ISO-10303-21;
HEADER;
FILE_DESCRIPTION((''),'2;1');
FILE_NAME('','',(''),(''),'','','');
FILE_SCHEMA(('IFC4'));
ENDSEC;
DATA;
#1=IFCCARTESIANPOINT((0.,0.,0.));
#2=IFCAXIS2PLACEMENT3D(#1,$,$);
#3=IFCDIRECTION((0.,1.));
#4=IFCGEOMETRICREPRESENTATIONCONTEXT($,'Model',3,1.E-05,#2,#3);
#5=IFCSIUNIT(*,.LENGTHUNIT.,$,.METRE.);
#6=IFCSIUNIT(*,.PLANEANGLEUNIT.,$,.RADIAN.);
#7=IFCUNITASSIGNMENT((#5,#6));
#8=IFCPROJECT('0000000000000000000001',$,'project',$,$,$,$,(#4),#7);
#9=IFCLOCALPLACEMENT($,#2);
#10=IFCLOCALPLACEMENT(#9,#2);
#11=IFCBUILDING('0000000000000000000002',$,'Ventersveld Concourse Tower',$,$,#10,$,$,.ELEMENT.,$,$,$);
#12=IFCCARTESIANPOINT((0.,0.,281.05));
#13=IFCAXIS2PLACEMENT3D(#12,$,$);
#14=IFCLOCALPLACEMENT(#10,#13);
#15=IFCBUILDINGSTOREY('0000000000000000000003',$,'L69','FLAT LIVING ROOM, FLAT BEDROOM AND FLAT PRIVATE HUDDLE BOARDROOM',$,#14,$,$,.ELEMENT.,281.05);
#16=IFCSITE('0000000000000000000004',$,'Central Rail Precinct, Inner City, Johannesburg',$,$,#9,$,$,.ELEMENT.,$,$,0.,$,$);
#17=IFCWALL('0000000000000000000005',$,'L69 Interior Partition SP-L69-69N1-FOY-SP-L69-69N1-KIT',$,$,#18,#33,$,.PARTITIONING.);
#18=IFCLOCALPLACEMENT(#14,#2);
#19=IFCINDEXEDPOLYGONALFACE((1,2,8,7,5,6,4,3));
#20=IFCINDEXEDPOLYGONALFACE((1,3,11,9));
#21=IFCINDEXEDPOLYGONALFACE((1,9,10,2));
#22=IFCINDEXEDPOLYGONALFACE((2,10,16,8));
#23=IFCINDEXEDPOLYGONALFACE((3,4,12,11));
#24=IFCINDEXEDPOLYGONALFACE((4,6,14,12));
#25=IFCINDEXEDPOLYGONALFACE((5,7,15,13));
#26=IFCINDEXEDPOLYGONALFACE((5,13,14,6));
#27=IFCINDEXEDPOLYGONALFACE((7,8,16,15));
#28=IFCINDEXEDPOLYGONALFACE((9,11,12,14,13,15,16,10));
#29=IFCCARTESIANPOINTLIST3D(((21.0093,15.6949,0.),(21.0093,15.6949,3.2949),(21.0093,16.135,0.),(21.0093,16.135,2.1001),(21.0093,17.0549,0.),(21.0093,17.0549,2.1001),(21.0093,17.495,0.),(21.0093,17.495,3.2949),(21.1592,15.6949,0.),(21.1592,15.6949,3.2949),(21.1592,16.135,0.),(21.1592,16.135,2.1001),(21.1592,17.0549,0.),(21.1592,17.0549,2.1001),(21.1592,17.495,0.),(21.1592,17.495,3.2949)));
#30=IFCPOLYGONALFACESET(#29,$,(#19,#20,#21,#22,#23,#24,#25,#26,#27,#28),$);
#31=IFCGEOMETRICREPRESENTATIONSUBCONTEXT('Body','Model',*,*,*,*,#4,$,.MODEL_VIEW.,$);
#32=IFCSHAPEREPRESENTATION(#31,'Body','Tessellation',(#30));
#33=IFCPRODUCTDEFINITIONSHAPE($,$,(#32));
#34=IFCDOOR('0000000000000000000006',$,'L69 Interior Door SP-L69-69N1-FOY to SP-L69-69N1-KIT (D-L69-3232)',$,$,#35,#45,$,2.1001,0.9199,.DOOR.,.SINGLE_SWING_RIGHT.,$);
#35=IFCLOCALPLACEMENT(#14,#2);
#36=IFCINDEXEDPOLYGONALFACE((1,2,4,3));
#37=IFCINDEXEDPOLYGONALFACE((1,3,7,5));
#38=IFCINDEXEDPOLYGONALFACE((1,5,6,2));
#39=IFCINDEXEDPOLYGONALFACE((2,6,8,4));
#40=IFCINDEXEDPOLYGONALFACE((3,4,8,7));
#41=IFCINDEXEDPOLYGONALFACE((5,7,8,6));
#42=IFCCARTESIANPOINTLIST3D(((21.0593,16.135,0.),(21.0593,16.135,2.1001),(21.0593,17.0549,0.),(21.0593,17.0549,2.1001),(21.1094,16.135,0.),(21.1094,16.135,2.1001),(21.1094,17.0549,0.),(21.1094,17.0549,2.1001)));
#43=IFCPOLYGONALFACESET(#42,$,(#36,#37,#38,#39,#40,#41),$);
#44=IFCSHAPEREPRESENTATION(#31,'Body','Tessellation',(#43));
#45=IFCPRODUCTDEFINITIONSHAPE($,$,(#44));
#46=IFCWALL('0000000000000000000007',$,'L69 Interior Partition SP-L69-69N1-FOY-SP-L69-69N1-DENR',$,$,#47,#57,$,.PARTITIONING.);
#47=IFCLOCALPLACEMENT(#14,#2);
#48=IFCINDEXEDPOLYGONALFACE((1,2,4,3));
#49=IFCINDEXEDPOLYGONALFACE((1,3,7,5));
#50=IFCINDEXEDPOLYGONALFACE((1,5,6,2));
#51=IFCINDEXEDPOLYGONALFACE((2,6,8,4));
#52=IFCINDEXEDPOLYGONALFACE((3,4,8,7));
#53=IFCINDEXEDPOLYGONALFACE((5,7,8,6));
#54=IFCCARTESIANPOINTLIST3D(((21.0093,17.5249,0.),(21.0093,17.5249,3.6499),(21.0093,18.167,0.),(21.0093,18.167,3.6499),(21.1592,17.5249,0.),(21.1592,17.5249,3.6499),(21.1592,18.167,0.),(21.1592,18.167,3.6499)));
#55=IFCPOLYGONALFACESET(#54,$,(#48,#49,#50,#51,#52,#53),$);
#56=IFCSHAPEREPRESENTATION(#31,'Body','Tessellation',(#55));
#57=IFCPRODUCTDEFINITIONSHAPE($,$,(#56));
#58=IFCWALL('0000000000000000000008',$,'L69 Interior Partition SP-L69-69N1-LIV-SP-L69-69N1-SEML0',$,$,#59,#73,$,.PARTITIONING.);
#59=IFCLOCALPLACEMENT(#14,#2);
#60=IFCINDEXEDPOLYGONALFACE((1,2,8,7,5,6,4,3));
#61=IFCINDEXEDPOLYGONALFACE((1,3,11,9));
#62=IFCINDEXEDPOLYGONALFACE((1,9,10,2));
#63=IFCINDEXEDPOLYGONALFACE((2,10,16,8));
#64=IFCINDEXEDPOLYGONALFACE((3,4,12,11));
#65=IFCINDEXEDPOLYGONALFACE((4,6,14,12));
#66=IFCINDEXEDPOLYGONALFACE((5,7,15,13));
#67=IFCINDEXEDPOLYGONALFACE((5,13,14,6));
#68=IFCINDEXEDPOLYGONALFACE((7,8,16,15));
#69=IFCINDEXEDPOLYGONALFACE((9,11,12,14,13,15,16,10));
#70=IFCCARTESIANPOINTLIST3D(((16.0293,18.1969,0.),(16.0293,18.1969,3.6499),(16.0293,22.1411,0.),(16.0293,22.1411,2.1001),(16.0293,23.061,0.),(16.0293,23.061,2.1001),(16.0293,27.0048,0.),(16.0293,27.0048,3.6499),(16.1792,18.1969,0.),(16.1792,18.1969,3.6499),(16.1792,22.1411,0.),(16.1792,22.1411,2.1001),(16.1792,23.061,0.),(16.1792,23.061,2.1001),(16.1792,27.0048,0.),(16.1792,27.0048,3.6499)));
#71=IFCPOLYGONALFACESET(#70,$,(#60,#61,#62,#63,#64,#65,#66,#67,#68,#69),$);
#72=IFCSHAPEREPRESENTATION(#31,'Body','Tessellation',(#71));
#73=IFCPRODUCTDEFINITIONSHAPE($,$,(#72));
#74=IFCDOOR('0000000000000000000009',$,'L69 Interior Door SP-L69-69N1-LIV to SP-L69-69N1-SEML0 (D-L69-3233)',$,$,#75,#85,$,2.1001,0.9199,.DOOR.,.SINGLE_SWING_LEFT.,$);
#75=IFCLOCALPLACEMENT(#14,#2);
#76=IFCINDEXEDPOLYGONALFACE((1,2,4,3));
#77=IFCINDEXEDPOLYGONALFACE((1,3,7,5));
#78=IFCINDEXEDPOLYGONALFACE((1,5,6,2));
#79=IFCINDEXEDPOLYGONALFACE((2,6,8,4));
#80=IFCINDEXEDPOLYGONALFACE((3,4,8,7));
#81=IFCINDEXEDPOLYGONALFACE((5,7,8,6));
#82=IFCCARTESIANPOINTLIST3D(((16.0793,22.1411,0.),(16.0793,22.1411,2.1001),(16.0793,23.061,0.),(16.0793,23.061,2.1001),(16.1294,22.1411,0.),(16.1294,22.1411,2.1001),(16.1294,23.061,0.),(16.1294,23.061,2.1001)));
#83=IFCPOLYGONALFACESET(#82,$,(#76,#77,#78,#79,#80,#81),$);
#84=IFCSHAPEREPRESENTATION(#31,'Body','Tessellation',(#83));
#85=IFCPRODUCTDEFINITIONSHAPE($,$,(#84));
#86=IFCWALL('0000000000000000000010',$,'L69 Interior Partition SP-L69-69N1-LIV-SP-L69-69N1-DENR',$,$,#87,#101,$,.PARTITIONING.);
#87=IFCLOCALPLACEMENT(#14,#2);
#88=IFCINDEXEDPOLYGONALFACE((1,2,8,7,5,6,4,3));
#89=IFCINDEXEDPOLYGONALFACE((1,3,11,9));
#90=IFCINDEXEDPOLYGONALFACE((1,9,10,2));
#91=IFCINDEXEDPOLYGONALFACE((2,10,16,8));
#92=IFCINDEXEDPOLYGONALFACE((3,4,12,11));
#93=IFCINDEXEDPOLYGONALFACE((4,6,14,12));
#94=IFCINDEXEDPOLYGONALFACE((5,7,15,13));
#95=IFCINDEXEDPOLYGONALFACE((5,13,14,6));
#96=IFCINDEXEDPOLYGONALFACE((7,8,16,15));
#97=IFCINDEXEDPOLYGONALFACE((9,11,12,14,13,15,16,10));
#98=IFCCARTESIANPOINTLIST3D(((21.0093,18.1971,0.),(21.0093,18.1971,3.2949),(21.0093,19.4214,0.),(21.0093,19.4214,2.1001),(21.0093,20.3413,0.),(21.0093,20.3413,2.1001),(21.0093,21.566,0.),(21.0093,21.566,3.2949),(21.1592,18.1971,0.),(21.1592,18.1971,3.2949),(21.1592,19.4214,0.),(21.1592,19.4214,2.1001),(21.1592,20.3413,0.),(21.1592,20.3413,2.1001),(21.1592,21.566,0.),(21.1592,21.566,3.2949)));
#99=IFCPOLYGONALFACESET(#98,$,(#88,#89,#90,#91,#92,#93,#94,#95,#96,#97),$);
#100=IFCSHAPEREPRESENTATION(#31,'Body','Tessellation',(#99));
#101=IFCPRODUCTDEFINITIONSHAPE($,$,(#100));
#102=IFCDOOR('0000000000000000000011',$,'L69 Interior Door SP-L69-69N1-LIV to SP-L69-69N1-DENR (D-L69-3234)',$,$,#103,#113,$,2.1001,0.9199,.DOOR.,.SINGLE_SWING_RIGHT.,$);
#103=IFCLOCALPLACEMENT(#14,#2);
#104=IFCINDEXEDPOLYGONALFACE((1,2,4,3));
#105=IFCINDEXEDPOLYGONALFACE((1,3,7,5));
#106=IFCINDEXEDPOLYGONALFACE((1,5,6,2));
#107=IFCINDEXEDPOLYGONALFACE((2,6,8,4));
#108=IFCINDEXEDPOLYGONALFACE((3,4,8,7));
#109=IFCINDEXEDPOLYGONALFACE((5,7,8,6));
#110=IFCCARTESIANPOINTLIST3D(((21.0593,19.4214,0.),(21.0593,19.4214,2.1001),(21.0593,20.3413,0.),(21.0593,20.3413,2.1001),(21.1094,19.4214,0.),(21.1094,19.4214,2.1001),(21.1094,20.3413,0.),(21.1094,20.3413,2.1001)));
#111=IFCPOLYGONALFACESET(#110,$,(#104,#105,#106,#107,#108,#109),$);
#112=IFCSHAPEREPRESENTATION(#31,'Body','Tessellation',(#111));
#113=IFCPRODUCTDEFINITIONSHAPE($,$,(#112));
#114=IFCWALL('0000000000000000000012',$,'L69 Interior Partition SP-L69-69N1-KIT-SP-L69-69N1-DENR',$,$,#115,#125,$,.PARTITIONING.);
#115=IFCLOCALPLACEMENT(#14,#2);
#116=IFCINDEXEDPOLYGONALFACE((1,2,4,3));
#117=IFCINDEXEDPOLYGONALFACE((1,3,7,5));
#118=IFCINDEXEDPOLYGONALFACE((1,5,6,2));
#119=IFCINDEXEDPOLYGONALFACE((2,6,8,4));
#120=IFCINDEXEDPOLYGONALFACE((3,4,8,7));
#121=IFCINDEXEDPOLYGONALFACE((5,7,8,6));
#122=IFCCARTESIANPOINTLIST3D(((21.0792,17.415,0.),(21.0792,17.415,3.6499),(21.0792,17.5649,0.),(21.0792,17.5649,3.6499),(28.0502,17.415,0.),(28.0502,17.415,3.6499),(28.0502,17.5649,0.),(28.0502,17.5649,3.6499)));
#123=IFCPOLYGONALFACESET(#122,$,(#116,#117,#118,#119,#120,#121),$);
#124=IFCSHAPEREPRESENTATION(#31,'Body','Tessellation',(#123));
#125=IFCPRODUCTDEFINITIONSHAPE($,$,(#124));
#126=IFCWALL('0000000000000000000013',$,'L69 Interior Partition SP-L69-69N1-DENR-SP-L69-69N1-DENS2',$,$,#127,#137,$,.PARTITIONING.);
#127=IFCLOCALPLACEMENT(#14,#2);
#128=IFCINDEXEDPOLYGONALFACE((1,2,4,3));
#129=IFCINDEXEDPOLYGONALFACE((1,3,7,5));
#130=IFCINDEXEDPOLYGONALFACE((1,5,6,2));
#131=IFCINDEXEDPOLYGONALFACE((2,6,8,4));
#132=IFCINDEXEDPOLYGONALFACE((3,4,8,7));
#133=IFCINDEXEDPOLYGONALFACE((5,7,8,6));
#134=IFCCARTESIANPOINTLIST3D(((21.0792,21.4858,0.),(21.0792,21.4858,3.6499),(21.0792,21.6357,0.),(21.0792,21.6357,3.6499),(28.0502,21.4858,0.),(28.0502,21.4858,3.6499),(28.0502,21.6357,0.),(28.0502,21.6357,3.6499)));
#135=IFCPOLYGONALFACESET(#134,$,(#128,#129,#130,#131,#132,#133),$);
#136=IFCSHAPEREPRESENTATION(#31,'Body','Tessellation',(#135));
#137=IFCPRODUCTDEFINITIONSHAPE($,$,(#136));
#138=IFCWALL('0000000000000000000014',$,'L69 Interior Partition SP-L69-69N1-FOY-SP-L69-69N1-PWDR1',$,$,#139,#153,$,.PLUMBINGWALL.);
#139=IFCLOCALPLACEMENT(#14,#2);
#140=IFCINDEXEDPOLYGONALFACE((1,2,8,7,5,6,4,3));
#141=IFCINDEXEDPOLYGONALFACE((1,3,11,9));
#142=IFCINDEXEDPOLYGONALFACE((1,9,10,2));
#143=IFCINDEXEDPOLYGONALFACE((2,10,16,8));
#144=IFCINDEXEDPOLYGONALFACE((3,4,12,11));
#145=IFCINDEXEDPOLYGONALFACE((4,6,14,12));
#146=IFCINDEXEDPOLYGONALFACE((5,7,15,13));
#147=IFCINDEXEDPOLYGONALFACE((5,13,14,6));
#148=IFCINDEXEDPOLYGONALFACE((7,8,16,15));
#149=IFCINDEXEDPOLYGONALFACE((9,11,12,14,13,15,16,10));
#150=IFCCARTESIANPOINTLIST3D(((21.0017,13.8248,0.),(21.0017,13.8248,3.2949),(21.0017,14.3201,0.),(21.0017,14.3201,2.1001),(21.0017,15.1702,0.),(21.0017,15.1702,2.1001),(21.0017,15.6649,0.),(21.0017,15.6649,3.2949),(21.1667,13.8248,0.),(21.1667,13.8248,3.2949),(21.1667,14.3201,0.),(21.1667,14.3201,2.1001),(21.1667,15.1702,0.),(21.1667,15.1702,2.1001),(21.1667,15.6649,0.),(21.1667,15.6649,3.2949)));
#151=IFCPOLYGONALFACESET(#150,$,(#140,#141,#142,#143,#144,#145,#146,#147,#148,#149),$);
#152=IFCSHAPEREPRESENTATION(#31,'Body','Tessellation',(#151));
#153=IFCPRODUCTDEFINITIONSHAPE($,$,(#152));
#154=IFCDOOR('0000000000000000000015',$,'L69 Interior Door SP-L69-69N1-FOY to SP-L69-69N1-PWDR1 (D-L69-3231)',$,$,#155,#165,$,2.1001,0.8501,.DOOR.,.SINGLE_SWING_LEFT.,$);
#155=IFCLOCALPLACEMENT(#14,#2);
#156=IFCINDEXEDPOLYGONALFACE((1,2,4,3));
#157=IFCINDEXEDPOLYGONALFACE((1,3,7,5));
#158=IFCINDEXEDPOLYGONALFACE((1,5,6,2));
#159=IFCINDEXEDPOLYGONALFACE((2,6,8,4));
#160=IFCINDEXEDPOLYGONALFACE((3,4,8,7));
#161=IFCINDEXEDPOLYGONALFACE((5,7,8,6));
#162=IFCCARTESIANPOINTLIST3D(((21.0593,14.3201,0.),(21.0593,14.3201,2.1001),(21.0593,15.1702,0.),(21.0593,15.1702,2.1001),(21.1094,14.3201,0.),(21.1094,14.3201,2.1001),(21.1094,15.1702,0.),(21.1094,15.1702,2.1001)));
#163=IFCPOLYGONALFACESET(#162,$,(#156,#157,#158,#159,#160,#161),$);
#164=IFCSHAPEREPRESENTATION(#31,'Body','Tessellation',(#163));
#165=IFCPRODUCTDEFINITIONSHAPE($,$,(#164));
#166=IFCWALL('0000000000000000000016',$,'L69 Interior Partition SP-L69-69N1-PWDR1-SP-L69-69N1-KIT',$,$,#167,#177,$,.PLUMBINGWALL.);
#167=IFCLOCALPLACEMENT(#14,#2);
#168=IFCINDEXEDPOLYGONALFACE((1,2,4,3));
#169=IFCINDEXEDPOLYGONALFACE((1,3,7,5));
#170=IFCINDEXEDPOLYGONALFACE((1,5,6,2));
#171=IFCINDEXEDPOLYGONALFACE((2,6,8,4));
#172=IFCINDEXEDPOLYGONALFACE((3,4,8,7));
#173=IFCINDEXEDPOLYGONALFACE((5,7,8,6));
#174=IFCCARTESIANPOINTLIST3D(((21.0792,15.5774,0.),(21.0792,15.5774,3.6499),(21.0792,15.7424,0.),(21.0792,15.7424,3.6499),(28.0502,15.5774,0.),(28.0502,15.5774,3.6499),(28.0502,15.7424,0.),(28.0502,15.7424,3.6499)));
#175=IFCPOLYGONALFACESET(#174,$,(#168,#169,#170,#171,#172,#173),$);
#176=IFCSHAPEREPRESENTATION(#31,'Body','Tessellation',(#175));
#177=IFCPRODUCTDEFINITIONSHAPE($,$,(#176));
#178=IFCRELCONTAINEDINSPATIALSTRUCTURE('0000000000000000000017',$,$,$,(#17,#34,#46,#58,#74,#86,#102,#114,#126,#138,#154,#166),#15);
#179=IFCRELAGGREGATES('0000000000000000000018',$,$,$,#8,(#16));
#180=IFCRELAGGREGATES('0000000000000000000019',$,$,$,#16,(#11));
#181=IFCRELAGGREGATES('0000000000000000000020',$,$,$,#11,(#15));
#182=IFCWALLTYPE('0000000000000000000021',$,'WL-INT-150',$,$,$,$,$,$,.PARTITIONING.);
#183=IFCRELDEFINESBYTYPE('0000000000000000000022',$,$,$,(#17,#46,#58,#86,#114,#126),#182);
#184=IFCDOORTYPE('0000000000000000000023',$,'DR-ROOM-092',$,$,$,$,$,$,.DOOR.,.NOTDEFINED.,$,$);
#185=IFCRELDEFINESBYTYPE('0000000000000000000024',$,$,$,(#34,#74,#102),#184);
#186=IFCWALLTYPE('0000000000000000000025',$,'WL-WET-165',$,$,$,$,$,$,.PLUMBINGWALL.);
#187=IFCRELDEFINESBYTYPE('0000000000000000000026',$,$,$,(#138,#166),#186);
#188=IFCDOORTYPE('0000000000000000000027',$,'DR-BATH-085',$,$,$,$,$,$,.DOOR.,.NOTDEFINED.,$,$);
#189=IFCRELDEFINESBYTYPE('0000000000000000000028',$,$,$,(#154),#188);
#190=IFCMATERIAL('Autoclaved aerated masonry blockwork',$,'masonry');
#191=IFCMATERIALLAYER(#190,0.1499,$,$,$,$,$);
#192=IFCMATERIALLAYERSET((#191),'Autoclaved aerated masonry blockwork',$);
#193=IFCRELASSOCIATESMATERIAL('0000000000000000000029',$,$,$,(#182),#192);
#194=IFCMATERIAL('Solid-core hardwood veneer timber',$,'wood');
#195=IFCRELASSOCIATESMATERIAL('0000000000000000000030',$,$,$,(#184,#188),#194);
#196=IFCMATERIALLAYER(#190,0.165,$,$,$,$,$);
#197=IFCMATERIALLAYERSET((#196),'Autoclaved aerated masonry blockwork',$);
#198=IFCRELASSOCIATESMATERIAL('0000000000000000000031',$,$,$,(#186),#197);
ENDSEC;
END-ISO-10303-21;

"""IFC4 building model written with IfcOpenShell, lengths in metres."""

from ifc_helpers import new_model, si_unit, direction, frame, frame_2d, origin, place, context, subcontext, project, spatial, rectangle, extrude, material, layer, layer_set, type_object, element, fill, save


model = new_model("IFC4")

# Units and contexts
model_context = context("Model", 3, precision=1e-05, world=origin(), true_north=direction((0.0, 1.0)))
body_context = subcontext(model_context, "Body", "Model", "MODEL_VIEW")
ifc_project = project(units=[si_unit("LENGTHUNIT", "METRE"), si_unit("PLANEANGLEUNIT", "RADIAN")], contexts=[model_context])

# Site, building, storey
site_placement = place(None, origin())
site = spatial("IfcSite", under=ifc_project, at=site_placement, Name="Central Rail Precinct, Inner City, Johannesburg", CompositionType="ELEMENT", RefElevation=0.0)
building_placement = place(site_placement, origin())
building = spatial("IfcBuilding", under=site, at=building_placement, Name="Ventersveld Concourse Tower", CompositionType="ELEMENT")
storey_placement = place(building_placement, frame((0.0, 0.0, 281.05)))
storey = spatial("IfcBuildingStorey", under=building, at=storey_placement, Name="L69", Description="FLAT LIVING ROOM, FLAT BEDROOM AND FLAT PRIVATE HUDDLE BOARDROOM", CompositionType="ELEMENT", Elevation=281.05)

# Wall, opening, door
ifc_material_1 = material(Name="Autoclaved aerated masonry blockwork", Category="masonry")
ifc_layer_1 = layer(ifc_material_1, 0.1499)
ifc_layer_set_1 = layer_set([ifc_layer_1], Name="Autoclaved aerated masonry blockwork")
wall_type_1 = type_object("IfcWallType", Name="WL-INT-150", PredefinedType="PARTITIONING", material=ifc_layer_set_1)
wall_1_placement = place(storey_placement, frame((21.0842, 15.6951, 0.0), z_axis=(0.0, 0.0, 1.0), x_axis=(0.0, 1.0, 0.0)))
wall_1 = element("IfcWall", 1, at=wall_1_placement, inside=storey, type_object=wall_type_1, Name="L69 Interior Partition SP-L69-69N1-FOY-SP-L69-69N1-KIT", PredefinedType="PARTITIONING", context=body_context, shape_type="SweptSolid", body=[
    extrude(rectangle(XDim=1.8, YDim=0.1499, at=frame_2d((0.8999, 0.0))), origin(), (0.0, 0.0, 1.0), 3.2949),
])
opening_1_placement = place(wall_1_placement, frame((0.4399, 0.0, 0.0)))
opening_1 = element("IfcOpeningElement", 2, at=opening_1_placement, cuts=wall_1, PredefinedType="OPENING", context=body_context, shape_type="SweptSolid", body=[
    extrude(rectangle(XDim=0.9199, YDim=2.1001, at=frame_2d((0.46, 1.05))), frame((0.0, 0.085, 0.0), z_axis=(0.0, -1.0, 0.0), x_axis=(1.0, 0.0, 0.0)), (0.0, 0.0, 1.0), 0.1699),
])
ifc_material_2 = material(Name="Solid-core hardwood veneer timber", Category="wood")
door_type_1 = type_object("IfcDoorType", Name="DR-ROOM-092", OperationType="NOTDEFINED", PredefinedType="DOOR", material=ifc_material_2)
door_1_placement = place(opening_1_placement, origin())
door_1 = element("IfcDoor", 3, at=door_1_placement, inside=storey, type_object=door_type_1, Name="L69 Interior Door SP-L69-69N1-FOY to SP-L69-69N1-KIT (D-L69-3232)", OperationType="SINGLE_SWING_RIGHT", OverallHeight=2.1001, OverallWidth=0.9199, PredefinedType="DOOR", context=body_context, shape_type="SweptSolid", body=[
    extrude(rectangle(XDim=0.9199, YDim=2.1001, at=frame_2d((0.46, 1.05))), frame((0.0, 0.0249, 0.0), z_axis=(0.0, -1.0, 0.0), x_axis=(1.0, 0.0, 0.0)), (0.0, 0.0, 1.0), 0.05),
])
fill(opening_1, door_1)

# Wall
wall_2_placement = place(storey_placement, frame((21.0842, 17.5249, 0.0), z_axis=(0.0, 0.0, 1.0), x_axis=(0.0, 1.0, 0.0)))
element("IfcWall", 4, at=wall_2_placement, inside=storey, type_object=wall_type_1, Name="L69 Interior Partition SP-L69-69N1-FOY-SP-L69-69N1-DENR", PredefinedType="PARTITIONING", context=body_context, shape_type="SweptSolid", body=[
    extrude(rectangle(XDim=0.6421, YDim=0.1499, at=frame_2d((0.321, 0.0))), origin(), (0.0, 0.0, 1.0), 3.6499),
])

# Walls, openings, doors
wall_3_placement = place(storey_placement, frame((16.1042, 18.197, 0.0), z_axis=(0.0, 0.0, 1.0), x_axis=(0.0, 1.0, 0.0)))
wall_3 = element("IfcWall", 5, at=wall_3_placement, inside=storey, type_object=wall_type_1, Name="L69 Interior Partition SP-L69-69N1-LIV-SP-L69-69N1-SEML0", PredefinedType="PARTITIONING", context=body_context, shape_type="SweptSolid", body=[
    extrude(rectangle(XDim=8.8079, YDim=0.1499, at=frame_2d((4.4038, 0.0))), origin(), (0.0, 0.0, 1.0), 3.6499),
])
opening_2_placement = place(wall_3_placement, frame((3.9441, 0.0, 0.0)))
opening_2 = element("IfcOpeningElement", 6, at=opening_2_placement, cuts=wall_3, PredefinedType="OPENING", context=body_context, shape_type="SweptSolid", body=[
    extrude(rectangle(XDim=0.9199, YDim=2.1001, at=frame_2d((0.46, 1.05))), frame((0.0, 0.085, 0.0), z_axis=(0.0, -1.0, 0.0), x_axis=(1.0, 0.0, 0.0)), (0.0, 0.0, 1.0), 0.1699),
])
door_2_placement = place(opening_2_placement, origin())
door_2 = element("IfcDoor", 7, at=door_2_placement, inside=storey, type_object=door_type_1, Name="L69 Interior Door SP-L69-69N1-LIV to SP-L69-69N1-SEML0 (D-L69-3233)", OperationType="SINGLE_SWING_LEFT", OverallHeight=2.1001, OverallWidth=0.9199, PredefinedType="DOOR", context=body_context, shape_type="SweptSolid", body=[
    extrude(rectangle(XDim=0.9199, YDim=2.1001, at=frame_2d((0.46, 1.05))), frame((0.0, 0.0249, 0.0), z_axis=(0.0, -1.0, 0.0), x_axis=(1.0, 0.0, 0.0)), (0.0, 0.0, 1.0), 0.05),
])
fill(opening_2, door_2)
wall_4_placement = place(storey_placement, frame((21.0842, 18.197, 0.0), z_axis=(0.0, 0.0, 1.0), x_axis=(0.0, 1.0, 0.0)))
wall_4 = element("IfcWall", 8, at=wall_4_placement, inside=storey, type_object=wall_type_1, Name="L69 Interior Partition SP-L69-69N1-LIV-SP-L69-69N1-DENR", PredefinedType="PARTITIONING", context=body_context, shape_type="SweptSolid", body=[
    extrude(rectangle(XDim=3.3689, YDim=0.1499, at=frame_2d((1.6846, 0.0))), origin(), (0.0, 0.0, 1.0), 3.2949),
])
opening_3_placement = place(wall_4_placement, frame((1.2244, 0.0, 0.0)))
opening_3 = element("IfcOpeningElement", 9, at=opening_3_placement, cuts=wall_4, PredefinedType="OPENING", context=body_context, shape_type="SweptSolid", body=[
    extrude(rectangle(XDim=0.9199, YDim=2.1001, at=frame_2d((0.46, 1.05))), frame((0.0, 0.085, 0.0), z_axis=(0.0, -1.0, 0.0), x_axis=(1.0, 0.0, 0.0)), (0.0, 0.0, 1.0), 0.1699),
])
door_3_placement = place(opening_3_placement, origin())
door_3 = element("IfcDoor", 10, at=door_3_placement, inside=storey, type_object=door_type_1, Name="L69 Interior Door SP-L69-69N1-LIV to SP-L69-69N1-DENR (D-L69-3234)", OperationType="SINGLE_SWING_RIGHT", OverallHeight=2.1001, OverallWidth=0.9199, PredefinedType="DOOR", context=body_context, shape_type="SweptSolid", body=[
    extrude(rectangle(XDim=0.9199, YDim=2.1001, at=frame_2d((0.46, 1.05))), frame((0.0, 0.0249, 0.0), z_axis=(0.0, -1.0, 0.0), x_axis=(1.0, 0.0, 0.0)), (0.0, 0.0, 1.0), 0.05),
])
fill(opening_3, door_3)

# Walls
for number, where, z_axis, x_axis, name in (
    (11, (21.0793, 17.49, 0.0), (0.0, 0.0, 1.0), (1.0, 0.0, 0.0), "L69 Interior Partition SP-L69-69N1-KIT-SP-L69-69N1-DENR"),
    (12, (21.0793, 21.5608, 0.0), (0.0, 0.0, 1.0), (1.0, 0.0, 0.0), "L69 Interior Partition SP-L69-69N1-DENR-SP-L69-69N1-DENS2"),
):
    element("IfcWall", number, at=place(storey_placement, frame(where, z_axis=z_axis, x_axis=x_axis)), inside=storey, type_object=wall_type_1, Name=name, PredefinedType="PARTITIONING", context=body_context, shape_type="SweptSolid", body=[
        extrude(rectangle(XDim=6.9709, YDim=0.1499, at=frame_2d((3.4854, 0.0))), origin(), (0.0, 0.0, 1.0), 3.6499),
    ])

# Wall, opening, door
ifc_layer_2 = layer(ifc_material_1, 0.165)
ifc_layer_set_2 = layer_set([ifc_layer_2], Name="Autoclaved aerated masonry blockwork")
wall_type_2 = type_object("IfcWallType", Name="WL-WET-165", PredefinedType="PLUMBINGWALL", material=ifc_layer_set_2)
wall_5_placement = place(storey_placement, frame((21.0842, 13.825, 0.0), z_axis=(0.0, 0.0, 1.0), x_axis=(0.0, 1.0, 0.0)))
wall_5 = element("IfcWall", 13, at=wall_5_placement, inside=storey, type_object=wall_type_2, Name="L69 Interior Partition SP-L69-69N1-FOY-SP-L69-69N1-PWDR1", PredefinedType="PLUMBINGWALL", context=body_context, shape_type="SweptSolid", body=[
    extrude(rectangle(XDim=1.8401, YDim=0.165, at=frame_2d((0.9199, 0.0))), origin(), (0.0, 0.0, 1.0), 3.2949),
])
opening_4_placement = place(wall_5_placement, frame((0.4951, 0.0, 0.0)))
opening_4 = element("IfcOpeningElement", 14, at=opening_4_placement, cuts=wall_5, PredefinedType="OPENING", context=body_context, shape_type="SweptSolid", body=[
    extrude(rectangle(XDim=0.8501, YDim=2.1001, at=frame_2d((0.425, 1.05))), frame((0.0, 0.0925, 0.0), z_axis=(0.0, -1.0, 0.0), x_axis=(1.0, 0.0, 0.0)), (0.0, 0.0, 1.0), 0.1851),
])
door_type_2 = type_object("IfcDoorType", Name="DR-BATH-085", OperationType="NOTDEFINED", PredefinedType="DOOR", material=ifc_material_2)
door_4_placement = place(opening_4_placement, origin())
door_4 = element("IfcDoor", 15, at=door_4_placement, inside=storey, type_object=door_type_2, Name="L69 Interior Door SP-L69-69N1-FOY to SP-L69-69N1-PWDR1 (D-L69-3231)", OperationType="SINGLE_SWING_LEFT", OverallHeight=2.1001, OverallWidth=0.8501, PredefinedType="DOOR", context=body_context, shape_type="SweptSolid", body=[
    extrude(rectangle(XDim=0.8501, YDim=2.1001, at=frame_2d((0.425, 1.05))), frame((0.0, 0.0249, 0.0), z_axis=(0.0, -1.0, 0.0), x_axis=(1.0, 0.0, 0.0)), (0.0, 0.0, 1.0), 0.05),
])
fill(opening_4, door_4)

# Wall
wall_6_placement = place(storey_placement, frame((21.0793, 15.6599, 0.0), z_axis=(0.0, 0.0, 1.0), x_axis=(1.0, 0.0, 0.0)))
element("IfcWall", 16, at=wall_6_placement, inside=storey, type_object=wall_type_2, Name="L69 Interior Partition SP-L69-69N1-PWDR1-SP-L69-69N1-KIT", PredefinedType="PLUMBINGWALL", context=body_context, shape_type="SweptSolid", body=[
    extrude(rectangle(XDim=6.9709, YDim=0.165, at=frame_2d((3.4854, 0.0))), origin(), (0.0, 0.0, 1.0), 3.6499),
])

save(model, "model.ifc")
